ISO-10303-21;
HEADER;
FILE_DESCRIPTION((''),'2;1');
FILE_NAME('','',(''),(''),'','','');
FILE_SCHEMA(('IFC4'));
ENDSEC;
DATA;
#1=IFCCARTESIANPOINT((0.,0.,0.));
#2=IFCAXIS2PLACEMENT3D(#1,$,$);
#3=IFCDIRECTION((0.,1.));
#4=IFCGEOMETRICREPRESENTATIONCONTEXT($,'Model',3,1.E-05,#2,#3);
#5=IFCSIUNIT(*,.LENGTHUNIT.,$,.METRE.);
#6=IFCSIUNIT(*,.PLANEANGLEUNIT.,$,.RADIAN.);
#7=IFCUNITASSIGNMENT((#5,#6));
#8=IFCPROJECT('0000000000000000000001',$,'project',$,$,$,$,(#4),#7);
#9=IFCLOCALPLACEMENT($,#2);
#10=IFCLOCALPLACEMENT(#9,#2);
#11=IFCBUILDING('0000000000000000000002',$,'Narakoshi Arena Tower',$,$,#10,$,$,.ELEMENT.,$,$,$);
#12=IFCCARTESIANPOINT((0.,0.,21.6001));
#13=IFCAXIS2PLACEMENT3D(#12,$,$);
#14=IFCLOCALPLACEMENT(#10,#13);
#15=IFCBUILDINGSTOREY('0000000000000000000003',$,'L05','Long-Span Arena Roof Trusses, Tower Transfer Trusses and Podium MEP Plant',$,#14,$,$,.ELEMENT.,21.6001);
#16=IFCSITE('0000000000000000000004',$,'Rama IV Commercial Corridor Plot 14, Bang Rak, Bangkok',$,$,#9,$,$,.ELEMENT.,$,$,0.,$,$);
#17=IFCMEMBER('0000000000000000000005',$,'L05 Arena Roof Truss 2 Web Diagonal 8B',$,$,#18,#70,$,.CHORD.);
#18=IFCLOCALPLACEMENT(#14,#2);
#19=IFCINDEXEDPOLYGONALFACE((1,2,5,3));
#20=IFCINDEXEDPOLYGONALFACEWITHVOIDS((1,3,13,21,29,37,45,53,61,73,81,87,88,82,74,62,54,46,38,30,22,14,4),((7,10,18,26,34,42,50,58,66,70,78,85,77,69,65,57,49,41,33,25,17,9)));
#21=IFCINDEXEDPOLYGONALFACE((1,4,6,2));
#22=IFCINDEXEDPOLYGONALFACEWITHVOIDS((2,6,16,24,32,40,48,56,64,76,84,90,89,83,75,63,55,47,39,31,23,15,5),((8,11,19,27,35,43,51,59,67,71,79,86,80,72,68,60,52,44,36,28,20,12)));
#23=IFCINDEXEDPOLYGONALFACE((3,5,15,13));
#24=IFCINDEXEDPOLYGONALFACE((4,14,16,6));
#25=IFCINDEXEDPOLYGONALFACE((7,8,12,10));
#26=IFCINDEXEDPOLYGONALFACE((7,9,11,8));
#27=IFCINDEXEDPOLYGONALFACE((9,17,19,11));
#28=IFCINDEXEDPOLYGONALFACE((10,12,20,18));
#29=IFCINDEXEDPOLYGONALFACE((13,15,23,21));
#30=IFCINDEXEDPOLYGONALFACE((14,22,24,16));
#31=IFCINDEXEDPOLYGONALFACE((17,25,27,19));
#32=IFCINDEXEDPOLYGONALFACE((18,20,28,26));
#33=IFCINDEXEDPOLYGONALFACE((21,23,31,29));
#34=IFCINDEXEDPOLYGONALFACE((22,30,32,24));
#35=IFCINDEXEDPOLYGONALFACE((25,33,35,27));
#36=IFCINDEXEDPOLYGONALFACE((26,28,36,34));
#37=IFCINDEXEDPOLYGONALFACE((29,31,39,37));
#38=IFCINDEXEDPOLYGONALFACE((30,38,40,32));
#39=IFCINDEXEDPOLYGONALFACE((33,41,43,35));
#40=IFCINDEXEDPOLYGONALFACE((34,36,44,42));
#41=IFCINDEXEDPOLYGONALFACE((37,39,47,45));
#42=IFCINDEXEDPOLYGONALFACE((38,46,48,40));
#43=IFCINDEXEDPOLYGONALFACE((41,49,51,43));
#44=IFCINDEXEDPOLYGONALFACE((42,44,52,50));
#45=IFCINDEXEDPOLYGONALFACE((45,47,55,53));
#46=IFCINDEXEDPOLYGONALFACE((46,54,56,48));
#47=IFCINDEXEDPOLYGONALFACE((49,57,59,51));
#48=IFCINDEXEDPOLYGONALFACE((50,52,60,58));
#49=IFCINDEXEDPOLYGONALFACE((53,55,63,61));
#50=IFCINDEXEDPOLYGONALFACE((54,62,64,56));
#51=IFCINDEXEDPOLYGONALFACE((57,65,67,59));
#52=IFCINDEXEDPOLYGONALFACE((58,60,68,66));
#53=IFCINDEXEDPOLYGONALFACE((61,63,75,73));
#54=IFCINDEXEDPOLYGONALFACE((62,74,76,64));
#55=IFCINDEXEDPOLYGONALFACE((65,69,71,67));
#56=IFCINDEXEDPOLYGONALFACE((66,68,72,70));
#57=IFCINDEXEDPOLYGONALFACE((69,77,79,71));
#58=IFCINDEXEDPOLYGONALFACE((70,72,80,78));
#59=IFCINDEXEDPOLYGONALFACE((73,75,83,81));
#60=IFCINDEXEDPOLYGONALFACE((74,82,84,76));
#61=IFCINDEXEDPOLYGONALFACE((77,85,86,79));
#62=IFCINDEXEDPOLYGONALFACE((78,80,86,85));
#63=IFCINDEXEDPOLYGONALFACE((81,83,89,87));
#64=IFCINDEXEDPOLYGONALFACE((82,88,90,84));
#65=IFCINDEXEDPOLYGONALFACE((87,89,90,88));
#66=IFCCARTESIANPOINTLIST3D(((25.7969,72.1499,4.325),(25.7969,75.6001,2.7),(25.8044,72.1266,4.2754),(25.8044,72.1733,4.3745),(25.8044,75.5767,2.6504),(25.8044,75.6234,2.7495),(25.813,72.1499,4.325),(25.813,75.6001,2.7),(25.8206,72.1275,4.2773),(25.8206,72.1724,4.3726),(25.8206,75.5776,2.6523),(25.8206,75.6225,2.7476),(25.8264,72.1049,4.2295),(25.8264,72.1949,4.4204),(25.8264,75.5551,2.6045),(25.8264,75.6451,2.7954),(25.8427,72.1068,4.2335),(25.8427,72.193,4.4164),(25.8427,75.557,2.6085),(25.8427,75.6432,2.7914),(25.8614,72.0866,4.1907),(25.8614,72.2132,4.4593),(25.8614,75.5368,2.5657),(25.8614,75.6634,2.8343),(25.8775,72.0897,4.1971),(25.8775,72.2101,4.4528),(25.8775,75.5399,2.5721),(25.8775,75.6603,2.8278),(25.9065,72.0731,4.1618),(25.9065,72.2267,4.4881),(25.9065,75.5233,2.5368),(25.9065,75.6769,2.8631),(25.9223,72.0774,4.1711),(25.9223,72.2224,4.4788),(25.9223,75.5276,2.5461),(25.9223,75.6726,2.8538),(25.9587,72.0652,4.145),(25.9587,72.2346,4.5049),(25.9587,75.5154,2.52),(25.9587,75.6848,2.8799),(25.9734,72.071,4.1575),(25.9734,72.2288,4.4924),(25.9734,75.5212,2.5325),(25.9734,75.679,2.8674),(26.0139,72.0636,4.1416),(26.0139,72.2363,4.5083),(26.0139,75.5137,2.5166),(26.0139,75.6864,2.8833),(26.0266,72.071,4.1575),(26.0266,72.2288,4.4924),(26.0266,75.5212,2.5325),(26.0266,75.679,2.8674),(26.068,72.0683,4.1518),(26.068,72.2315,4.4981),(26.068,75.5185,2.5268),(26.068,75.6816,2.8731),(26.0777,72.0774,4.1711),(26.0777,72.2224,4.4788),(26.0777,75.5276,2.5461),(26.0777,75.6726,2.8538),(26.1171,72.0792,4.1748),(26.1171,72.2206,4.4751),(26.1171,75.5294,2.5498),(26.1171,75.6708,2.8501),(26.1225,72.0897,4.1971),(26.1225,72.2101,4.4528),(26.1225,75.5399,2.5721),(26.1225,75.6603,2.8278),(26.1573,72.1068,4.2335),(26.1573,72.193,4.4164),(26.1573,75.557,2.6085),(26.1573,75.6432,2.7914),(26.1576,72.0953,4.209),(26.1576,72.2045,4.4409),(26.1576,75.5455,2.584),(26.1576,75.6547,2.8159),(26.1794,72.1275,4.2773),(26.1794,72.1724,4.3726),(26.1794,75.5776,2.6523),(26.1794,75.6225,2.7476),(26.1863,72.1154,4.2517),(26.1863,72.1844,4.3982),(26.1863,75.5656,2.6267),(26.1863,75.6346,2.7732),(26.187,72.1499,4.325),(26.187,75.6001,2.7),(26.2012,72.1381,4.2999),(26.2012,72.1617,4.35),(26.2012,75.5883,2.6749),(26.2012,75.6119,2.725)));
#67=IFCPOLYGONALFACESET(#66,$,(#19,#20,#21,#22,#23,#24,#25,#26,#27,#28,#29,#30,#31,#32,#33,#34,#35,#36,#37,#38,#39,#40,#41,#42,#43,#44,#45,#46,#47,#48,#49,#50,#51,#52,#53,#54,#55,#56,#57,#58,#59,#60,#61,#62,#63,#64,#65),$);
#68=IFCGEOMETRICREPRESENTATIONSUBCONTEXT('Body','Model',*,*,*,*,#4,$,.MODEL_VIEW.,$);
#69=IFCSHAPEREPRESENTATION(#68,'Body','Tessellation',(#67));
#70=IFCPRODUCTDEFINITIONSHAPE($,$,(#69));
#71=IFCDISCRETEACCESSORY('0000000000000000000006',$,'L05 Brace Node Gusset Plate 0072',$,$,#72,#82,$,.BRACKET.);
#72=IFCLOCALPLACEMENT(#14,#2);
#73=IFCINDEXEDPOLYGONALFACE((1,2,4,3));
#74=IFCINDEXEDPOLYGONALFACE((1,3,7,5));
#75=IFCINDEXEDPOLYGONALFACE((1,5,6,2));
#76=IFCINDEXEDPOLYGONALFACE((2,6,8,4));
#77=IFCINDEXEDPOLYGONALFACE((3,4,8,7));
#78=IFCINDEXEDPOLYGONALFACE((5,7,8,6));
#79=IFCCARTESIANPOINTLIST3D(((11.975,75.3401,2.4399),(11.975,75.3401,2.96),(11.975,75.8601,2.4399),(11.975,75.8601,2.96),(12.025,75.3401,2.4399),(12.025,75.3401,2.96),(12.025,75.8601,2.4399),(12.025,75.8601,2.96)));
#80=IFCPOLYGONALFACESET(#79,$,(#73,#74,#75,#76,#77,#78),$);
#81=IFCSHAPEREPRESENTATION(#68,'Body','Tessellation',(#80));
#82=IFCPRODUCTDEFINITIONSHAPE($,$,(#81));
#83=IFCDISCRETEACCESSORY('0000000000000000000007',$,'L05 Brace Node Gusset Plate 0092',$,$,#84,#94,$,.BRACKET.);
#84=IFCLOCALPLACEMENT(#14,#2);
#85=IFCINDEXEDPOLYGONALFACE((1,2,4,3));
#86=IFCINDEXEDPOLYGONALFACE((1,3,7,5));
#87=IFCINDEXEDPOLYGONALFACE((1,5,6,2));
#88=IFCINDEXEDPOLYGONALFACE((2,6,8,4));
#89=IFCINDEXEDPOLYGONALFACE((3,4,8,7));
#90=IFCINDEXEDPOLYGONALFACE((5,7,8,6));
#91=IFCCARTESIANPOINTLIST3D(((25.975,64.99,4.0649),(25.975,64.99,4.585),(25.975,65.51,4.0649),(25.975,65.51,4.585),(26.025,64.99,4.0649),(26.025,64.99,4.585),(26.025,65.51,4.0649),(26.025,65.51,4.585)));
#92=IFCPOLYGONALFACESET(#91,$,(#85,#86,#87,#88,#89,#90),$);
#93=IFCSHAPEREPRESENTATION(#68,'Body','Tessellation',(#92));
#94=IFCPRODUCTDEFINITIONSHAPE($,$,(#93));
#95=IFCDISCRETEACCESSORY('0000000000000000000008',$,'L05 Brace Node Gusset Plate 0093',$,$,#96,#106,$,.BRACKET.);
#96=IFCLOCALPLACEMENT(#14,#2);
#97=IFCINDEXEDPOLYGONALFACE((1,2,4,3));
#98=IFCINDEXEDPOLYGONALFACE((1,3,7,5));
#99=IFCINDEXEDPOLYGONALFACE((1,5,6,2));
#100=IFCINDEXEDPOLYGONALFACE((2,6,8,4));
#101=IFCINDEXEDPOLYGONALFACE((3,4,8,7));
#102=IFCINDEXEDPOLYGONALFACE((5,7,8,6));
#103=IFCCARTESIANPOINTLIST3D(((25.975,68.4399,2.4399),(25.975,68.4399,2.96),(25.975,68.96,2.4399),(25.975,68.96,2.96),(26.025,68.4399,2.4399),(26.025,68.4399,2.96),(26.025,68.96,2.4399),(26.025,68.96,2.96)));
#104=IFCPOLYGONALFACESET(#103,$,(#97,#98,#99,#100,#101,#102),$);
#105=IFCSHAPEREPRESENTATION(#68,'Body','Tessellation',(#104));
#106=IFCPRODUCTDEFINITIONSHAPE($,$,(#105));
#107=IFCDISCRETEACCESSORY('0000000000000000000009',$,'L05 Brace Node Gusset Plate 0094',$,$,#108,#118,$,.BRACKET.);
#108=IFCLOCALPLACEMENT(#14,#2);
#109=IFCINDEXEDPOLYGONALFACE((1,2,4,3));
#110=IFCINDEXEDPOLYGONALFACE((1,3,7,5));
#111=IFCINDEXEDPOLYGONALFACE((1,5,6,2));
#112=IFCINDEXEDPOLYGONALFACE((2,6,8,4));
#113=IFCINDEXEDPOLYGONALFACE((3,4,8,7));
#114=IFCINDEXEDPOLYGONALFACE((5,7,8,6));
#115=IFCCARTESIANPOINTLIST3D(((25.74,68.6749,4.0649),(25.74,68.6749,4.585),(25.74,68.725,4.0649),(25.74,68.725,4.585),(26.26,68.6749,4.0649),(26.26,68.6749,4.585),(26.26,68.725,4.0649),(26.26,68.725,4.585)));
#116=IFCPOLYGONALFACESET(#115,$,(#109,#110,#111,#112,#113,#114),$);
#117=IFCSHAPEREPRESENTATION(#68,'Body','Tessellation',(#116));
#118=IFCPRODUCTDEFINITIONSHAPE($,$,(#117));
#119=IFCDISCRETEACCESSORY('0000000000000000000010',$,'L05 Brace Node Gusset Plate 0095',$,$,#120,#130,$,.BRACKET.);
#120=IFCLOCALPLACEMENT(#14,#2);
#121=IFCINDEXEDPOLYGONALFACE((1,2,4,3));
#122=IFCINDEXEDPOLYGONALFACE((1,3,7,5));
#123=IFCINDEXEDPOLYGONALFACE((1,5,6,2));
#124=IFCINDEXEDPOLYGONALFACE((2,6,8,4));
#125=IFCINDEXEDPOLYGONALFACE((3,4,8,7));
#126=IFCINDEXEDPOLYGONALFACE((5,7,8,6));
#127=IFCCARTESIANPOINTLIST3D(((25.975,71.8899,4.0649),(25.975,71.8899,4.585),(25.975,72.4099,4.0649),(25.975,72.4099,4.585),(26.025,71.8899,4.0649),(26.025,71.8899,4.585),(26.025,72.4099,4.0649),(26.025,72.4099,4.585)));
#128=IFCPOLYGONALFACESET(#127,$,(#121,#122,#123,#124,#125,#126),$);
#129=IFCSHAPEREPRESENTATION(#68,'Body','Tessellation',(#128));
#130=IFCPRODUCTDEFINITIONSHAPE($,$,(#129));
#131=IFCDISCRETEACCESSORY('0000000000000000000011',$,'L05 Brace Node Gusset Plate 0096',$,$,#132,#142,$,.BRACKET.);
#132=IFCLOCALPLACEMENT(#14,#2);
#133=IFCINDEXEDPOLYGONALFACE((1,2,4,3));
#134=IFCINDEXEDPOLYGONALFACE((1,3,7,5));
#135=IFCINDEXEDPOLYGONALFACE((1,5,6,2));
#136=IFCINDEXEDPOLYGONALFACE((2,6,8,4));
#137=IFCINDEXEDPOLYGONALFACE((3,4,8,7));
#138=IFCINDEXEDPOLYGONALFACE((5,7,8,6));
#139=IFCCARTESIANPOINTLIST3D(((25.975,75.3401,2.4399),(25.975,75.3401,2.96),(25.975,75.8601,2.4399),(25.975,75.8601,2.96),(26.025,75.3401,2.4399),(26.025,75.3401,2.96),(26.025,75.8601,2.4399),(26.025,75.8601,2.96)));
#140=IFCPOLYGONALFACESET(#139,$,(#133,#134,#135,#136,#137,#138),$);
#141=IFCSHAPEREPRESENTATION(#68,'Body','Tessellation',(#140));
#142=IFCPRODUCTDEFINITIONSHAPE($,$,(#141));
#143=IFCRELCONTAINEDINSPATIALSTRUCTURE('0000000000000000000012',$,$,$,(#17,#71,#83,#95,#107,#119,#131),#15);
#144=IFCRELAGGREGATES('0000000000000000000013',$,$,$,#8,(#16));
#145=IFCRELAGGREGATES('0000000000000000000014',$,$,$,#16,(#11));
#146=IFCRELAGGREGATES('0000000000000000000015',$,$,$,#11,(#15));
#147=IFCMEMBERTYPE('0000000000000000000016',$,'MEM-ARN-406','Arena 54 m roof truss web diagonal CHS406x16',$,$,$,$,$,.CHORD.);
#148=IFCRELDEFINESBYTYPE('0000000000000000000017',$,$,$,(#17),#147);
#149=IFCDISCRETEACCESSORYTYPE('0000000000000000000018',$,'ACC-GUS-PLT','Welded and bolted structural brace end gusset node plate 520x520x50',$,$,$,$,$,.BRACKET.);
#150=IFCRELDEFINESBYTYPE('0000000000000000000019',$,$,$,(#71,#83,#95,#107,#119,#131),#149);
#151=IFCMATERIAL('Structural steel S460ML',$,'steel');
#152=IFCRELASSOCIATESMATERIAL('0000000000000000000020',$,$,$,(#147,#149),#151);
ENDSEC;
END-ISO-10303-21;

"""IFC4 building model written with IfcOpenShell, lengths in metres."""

from ifc_helpers import new_model, si_unit, direction, frame, origin, origin_2d, place, context, subcontext, project, spatial, rectangle, hollow_circle, extrude, material, material_profile, profile_set, type_object, element, save


model = new_model("IFC4")

# Units and contexts
model_context = context("Model", 3, precision=1e-05, world=origin(), true_north=direction((0.0, 1.0)))
body_context = subcontext(model_context, "Body", "Model", "MODEL_VIEW")
ifc_project = project(units=[si_unit("LENGTHUNIT", "METRE"), si_unit("PLANEANGLEUNIT", "RADIAN")], contexts=[model_context])

# Site, building, storey
site_placement = place(None, origin())
site = spatial("IfcSite", under=ifc_project, at=site_placement, Name="Rama IV Commercial Corridor Plot 14, Bang Rak, Bangkok", CompositionType="ELEMENT", RefElevation=0.0)
building_placement = place(site_placement, origin())
building = spatial("IfcBuilding", under=site, at=building_placement, Name="Narakoshi Arena Tower", CompositionType="ELEMENT")
storey_placement = place(building_placement, frame((0.0, 0.0, 21.6001)))
storey = spatial("IfcBuildingStorey", under=building, at=storey_placement, Name="L05", Description="Long-Span Arena Roof Trusses, Tower Transfer Trusses and Podium MEP Plant", CompositionType="ELEMENT", Elevation=21.6001)

# Shared definitions
ifc_material_1 = material(Name="Structural steel S460ML", Category="steel")

# Member
ifc_material_profile_1 = material_profile(ifc_material_1, hollow_circle(Radius=0.2031, WallThickness=0.0161, at=origin_2d()), Name="CHS406x16")
ifc_profile_set_1 = profile_set([ifc_material_profile_1], Name="Structural steel S460ML")
member_type = type_object("IfcMemberType", Name="MEM-ARN-406", Description="Arena 54 m roof truss web diagonal CHS406x16", PredefinedType="CHORD", material=ifc_profile_set_1)
member_1_placement = place(storey_placement, frame((26.0, 72.1499, 4.325), z_axis=(0.0, 0.904679, -0.426093), x_axis=(-1.0, 0.0, 0.0)))
element("IfcMember", 1, at=member_1_placement, inside=storey, type_object=member_type, Name="L05 Arena Roof Truss 2 Web Diagonal 8B", PredefinedType="CHORD", context=body_context, shape_type="SweptSolid", body=[
    extrude(hollow_circle(Radius=0.2031, WallThickness=0.0161, at=origin_2d()), origin(), (0.0, 0.0, 1.0), 3.8137),
])

# Discrete accessories
discrete_accessory_type = type_object("IfcDiscreteAccessoryType", Name="ACC-GUS-PLT", Description="Welded and bolted structural brace end gusset node plate 520x520x50", PredefinedType="BRACKET", material=ifc_material_1)
for number, where, z_axis, x_axis, name in (
    (2, (12.0, 75.6001, 2.4399), (0.0, 0.0, 1.0), (0.0, 1.0, 0.0), "L05 Brace Node Gusset Plate 0072"),
    (3, (26.0, 65.25, 4.0649), (0.0, 0.0, 1.0), (0.0, 1.0, 0.0), "L05 Brace Node Gusset Plate 0092"),
    (4, (26.0, 68.7, 2.4399), (0.0, 0.0, 1.0), (0.0, 1.0, 0.0), "L05 Brace Node Gusset Plate 0093"),
    (5, (26.0, 68.7, 4.0649), (0.0, 0.0, 1.0), (1.0, 0.0, 0.0), "L05 Brace Node Gusset Plate 0094"),
    (6, (26.0, 72.1499, 4.0649), (0.0, 0.0, 1.0), (0.0, 1.0, 0.0), "L05 Brace Node Gusset Plate 0095"),
    (7, (26.0, 75.6001, 2.4399), (0.0, 0.0, 1.0), (0.0, 1.0, 0.0), "L05 Brace Node Gusset Plate 0096"),
):
    element("IfcDiscreteAccessory", number, at=place(storey_placement, frame(where, z_axis=z_axis, x_axis=x_axis)), inside=storey, type_object=discrete_accessory_type, Name=name, PredefinedType="BRACKET", context=body_context, shape_type="SweptSolid", body=[
        extrude(rectangle(XDim=0.52, YDim=0.05, at=origin_2d()), origin(), (0.0, 0.0, 1.0), 0.52),
    ])

save(model, "model.ifc")
